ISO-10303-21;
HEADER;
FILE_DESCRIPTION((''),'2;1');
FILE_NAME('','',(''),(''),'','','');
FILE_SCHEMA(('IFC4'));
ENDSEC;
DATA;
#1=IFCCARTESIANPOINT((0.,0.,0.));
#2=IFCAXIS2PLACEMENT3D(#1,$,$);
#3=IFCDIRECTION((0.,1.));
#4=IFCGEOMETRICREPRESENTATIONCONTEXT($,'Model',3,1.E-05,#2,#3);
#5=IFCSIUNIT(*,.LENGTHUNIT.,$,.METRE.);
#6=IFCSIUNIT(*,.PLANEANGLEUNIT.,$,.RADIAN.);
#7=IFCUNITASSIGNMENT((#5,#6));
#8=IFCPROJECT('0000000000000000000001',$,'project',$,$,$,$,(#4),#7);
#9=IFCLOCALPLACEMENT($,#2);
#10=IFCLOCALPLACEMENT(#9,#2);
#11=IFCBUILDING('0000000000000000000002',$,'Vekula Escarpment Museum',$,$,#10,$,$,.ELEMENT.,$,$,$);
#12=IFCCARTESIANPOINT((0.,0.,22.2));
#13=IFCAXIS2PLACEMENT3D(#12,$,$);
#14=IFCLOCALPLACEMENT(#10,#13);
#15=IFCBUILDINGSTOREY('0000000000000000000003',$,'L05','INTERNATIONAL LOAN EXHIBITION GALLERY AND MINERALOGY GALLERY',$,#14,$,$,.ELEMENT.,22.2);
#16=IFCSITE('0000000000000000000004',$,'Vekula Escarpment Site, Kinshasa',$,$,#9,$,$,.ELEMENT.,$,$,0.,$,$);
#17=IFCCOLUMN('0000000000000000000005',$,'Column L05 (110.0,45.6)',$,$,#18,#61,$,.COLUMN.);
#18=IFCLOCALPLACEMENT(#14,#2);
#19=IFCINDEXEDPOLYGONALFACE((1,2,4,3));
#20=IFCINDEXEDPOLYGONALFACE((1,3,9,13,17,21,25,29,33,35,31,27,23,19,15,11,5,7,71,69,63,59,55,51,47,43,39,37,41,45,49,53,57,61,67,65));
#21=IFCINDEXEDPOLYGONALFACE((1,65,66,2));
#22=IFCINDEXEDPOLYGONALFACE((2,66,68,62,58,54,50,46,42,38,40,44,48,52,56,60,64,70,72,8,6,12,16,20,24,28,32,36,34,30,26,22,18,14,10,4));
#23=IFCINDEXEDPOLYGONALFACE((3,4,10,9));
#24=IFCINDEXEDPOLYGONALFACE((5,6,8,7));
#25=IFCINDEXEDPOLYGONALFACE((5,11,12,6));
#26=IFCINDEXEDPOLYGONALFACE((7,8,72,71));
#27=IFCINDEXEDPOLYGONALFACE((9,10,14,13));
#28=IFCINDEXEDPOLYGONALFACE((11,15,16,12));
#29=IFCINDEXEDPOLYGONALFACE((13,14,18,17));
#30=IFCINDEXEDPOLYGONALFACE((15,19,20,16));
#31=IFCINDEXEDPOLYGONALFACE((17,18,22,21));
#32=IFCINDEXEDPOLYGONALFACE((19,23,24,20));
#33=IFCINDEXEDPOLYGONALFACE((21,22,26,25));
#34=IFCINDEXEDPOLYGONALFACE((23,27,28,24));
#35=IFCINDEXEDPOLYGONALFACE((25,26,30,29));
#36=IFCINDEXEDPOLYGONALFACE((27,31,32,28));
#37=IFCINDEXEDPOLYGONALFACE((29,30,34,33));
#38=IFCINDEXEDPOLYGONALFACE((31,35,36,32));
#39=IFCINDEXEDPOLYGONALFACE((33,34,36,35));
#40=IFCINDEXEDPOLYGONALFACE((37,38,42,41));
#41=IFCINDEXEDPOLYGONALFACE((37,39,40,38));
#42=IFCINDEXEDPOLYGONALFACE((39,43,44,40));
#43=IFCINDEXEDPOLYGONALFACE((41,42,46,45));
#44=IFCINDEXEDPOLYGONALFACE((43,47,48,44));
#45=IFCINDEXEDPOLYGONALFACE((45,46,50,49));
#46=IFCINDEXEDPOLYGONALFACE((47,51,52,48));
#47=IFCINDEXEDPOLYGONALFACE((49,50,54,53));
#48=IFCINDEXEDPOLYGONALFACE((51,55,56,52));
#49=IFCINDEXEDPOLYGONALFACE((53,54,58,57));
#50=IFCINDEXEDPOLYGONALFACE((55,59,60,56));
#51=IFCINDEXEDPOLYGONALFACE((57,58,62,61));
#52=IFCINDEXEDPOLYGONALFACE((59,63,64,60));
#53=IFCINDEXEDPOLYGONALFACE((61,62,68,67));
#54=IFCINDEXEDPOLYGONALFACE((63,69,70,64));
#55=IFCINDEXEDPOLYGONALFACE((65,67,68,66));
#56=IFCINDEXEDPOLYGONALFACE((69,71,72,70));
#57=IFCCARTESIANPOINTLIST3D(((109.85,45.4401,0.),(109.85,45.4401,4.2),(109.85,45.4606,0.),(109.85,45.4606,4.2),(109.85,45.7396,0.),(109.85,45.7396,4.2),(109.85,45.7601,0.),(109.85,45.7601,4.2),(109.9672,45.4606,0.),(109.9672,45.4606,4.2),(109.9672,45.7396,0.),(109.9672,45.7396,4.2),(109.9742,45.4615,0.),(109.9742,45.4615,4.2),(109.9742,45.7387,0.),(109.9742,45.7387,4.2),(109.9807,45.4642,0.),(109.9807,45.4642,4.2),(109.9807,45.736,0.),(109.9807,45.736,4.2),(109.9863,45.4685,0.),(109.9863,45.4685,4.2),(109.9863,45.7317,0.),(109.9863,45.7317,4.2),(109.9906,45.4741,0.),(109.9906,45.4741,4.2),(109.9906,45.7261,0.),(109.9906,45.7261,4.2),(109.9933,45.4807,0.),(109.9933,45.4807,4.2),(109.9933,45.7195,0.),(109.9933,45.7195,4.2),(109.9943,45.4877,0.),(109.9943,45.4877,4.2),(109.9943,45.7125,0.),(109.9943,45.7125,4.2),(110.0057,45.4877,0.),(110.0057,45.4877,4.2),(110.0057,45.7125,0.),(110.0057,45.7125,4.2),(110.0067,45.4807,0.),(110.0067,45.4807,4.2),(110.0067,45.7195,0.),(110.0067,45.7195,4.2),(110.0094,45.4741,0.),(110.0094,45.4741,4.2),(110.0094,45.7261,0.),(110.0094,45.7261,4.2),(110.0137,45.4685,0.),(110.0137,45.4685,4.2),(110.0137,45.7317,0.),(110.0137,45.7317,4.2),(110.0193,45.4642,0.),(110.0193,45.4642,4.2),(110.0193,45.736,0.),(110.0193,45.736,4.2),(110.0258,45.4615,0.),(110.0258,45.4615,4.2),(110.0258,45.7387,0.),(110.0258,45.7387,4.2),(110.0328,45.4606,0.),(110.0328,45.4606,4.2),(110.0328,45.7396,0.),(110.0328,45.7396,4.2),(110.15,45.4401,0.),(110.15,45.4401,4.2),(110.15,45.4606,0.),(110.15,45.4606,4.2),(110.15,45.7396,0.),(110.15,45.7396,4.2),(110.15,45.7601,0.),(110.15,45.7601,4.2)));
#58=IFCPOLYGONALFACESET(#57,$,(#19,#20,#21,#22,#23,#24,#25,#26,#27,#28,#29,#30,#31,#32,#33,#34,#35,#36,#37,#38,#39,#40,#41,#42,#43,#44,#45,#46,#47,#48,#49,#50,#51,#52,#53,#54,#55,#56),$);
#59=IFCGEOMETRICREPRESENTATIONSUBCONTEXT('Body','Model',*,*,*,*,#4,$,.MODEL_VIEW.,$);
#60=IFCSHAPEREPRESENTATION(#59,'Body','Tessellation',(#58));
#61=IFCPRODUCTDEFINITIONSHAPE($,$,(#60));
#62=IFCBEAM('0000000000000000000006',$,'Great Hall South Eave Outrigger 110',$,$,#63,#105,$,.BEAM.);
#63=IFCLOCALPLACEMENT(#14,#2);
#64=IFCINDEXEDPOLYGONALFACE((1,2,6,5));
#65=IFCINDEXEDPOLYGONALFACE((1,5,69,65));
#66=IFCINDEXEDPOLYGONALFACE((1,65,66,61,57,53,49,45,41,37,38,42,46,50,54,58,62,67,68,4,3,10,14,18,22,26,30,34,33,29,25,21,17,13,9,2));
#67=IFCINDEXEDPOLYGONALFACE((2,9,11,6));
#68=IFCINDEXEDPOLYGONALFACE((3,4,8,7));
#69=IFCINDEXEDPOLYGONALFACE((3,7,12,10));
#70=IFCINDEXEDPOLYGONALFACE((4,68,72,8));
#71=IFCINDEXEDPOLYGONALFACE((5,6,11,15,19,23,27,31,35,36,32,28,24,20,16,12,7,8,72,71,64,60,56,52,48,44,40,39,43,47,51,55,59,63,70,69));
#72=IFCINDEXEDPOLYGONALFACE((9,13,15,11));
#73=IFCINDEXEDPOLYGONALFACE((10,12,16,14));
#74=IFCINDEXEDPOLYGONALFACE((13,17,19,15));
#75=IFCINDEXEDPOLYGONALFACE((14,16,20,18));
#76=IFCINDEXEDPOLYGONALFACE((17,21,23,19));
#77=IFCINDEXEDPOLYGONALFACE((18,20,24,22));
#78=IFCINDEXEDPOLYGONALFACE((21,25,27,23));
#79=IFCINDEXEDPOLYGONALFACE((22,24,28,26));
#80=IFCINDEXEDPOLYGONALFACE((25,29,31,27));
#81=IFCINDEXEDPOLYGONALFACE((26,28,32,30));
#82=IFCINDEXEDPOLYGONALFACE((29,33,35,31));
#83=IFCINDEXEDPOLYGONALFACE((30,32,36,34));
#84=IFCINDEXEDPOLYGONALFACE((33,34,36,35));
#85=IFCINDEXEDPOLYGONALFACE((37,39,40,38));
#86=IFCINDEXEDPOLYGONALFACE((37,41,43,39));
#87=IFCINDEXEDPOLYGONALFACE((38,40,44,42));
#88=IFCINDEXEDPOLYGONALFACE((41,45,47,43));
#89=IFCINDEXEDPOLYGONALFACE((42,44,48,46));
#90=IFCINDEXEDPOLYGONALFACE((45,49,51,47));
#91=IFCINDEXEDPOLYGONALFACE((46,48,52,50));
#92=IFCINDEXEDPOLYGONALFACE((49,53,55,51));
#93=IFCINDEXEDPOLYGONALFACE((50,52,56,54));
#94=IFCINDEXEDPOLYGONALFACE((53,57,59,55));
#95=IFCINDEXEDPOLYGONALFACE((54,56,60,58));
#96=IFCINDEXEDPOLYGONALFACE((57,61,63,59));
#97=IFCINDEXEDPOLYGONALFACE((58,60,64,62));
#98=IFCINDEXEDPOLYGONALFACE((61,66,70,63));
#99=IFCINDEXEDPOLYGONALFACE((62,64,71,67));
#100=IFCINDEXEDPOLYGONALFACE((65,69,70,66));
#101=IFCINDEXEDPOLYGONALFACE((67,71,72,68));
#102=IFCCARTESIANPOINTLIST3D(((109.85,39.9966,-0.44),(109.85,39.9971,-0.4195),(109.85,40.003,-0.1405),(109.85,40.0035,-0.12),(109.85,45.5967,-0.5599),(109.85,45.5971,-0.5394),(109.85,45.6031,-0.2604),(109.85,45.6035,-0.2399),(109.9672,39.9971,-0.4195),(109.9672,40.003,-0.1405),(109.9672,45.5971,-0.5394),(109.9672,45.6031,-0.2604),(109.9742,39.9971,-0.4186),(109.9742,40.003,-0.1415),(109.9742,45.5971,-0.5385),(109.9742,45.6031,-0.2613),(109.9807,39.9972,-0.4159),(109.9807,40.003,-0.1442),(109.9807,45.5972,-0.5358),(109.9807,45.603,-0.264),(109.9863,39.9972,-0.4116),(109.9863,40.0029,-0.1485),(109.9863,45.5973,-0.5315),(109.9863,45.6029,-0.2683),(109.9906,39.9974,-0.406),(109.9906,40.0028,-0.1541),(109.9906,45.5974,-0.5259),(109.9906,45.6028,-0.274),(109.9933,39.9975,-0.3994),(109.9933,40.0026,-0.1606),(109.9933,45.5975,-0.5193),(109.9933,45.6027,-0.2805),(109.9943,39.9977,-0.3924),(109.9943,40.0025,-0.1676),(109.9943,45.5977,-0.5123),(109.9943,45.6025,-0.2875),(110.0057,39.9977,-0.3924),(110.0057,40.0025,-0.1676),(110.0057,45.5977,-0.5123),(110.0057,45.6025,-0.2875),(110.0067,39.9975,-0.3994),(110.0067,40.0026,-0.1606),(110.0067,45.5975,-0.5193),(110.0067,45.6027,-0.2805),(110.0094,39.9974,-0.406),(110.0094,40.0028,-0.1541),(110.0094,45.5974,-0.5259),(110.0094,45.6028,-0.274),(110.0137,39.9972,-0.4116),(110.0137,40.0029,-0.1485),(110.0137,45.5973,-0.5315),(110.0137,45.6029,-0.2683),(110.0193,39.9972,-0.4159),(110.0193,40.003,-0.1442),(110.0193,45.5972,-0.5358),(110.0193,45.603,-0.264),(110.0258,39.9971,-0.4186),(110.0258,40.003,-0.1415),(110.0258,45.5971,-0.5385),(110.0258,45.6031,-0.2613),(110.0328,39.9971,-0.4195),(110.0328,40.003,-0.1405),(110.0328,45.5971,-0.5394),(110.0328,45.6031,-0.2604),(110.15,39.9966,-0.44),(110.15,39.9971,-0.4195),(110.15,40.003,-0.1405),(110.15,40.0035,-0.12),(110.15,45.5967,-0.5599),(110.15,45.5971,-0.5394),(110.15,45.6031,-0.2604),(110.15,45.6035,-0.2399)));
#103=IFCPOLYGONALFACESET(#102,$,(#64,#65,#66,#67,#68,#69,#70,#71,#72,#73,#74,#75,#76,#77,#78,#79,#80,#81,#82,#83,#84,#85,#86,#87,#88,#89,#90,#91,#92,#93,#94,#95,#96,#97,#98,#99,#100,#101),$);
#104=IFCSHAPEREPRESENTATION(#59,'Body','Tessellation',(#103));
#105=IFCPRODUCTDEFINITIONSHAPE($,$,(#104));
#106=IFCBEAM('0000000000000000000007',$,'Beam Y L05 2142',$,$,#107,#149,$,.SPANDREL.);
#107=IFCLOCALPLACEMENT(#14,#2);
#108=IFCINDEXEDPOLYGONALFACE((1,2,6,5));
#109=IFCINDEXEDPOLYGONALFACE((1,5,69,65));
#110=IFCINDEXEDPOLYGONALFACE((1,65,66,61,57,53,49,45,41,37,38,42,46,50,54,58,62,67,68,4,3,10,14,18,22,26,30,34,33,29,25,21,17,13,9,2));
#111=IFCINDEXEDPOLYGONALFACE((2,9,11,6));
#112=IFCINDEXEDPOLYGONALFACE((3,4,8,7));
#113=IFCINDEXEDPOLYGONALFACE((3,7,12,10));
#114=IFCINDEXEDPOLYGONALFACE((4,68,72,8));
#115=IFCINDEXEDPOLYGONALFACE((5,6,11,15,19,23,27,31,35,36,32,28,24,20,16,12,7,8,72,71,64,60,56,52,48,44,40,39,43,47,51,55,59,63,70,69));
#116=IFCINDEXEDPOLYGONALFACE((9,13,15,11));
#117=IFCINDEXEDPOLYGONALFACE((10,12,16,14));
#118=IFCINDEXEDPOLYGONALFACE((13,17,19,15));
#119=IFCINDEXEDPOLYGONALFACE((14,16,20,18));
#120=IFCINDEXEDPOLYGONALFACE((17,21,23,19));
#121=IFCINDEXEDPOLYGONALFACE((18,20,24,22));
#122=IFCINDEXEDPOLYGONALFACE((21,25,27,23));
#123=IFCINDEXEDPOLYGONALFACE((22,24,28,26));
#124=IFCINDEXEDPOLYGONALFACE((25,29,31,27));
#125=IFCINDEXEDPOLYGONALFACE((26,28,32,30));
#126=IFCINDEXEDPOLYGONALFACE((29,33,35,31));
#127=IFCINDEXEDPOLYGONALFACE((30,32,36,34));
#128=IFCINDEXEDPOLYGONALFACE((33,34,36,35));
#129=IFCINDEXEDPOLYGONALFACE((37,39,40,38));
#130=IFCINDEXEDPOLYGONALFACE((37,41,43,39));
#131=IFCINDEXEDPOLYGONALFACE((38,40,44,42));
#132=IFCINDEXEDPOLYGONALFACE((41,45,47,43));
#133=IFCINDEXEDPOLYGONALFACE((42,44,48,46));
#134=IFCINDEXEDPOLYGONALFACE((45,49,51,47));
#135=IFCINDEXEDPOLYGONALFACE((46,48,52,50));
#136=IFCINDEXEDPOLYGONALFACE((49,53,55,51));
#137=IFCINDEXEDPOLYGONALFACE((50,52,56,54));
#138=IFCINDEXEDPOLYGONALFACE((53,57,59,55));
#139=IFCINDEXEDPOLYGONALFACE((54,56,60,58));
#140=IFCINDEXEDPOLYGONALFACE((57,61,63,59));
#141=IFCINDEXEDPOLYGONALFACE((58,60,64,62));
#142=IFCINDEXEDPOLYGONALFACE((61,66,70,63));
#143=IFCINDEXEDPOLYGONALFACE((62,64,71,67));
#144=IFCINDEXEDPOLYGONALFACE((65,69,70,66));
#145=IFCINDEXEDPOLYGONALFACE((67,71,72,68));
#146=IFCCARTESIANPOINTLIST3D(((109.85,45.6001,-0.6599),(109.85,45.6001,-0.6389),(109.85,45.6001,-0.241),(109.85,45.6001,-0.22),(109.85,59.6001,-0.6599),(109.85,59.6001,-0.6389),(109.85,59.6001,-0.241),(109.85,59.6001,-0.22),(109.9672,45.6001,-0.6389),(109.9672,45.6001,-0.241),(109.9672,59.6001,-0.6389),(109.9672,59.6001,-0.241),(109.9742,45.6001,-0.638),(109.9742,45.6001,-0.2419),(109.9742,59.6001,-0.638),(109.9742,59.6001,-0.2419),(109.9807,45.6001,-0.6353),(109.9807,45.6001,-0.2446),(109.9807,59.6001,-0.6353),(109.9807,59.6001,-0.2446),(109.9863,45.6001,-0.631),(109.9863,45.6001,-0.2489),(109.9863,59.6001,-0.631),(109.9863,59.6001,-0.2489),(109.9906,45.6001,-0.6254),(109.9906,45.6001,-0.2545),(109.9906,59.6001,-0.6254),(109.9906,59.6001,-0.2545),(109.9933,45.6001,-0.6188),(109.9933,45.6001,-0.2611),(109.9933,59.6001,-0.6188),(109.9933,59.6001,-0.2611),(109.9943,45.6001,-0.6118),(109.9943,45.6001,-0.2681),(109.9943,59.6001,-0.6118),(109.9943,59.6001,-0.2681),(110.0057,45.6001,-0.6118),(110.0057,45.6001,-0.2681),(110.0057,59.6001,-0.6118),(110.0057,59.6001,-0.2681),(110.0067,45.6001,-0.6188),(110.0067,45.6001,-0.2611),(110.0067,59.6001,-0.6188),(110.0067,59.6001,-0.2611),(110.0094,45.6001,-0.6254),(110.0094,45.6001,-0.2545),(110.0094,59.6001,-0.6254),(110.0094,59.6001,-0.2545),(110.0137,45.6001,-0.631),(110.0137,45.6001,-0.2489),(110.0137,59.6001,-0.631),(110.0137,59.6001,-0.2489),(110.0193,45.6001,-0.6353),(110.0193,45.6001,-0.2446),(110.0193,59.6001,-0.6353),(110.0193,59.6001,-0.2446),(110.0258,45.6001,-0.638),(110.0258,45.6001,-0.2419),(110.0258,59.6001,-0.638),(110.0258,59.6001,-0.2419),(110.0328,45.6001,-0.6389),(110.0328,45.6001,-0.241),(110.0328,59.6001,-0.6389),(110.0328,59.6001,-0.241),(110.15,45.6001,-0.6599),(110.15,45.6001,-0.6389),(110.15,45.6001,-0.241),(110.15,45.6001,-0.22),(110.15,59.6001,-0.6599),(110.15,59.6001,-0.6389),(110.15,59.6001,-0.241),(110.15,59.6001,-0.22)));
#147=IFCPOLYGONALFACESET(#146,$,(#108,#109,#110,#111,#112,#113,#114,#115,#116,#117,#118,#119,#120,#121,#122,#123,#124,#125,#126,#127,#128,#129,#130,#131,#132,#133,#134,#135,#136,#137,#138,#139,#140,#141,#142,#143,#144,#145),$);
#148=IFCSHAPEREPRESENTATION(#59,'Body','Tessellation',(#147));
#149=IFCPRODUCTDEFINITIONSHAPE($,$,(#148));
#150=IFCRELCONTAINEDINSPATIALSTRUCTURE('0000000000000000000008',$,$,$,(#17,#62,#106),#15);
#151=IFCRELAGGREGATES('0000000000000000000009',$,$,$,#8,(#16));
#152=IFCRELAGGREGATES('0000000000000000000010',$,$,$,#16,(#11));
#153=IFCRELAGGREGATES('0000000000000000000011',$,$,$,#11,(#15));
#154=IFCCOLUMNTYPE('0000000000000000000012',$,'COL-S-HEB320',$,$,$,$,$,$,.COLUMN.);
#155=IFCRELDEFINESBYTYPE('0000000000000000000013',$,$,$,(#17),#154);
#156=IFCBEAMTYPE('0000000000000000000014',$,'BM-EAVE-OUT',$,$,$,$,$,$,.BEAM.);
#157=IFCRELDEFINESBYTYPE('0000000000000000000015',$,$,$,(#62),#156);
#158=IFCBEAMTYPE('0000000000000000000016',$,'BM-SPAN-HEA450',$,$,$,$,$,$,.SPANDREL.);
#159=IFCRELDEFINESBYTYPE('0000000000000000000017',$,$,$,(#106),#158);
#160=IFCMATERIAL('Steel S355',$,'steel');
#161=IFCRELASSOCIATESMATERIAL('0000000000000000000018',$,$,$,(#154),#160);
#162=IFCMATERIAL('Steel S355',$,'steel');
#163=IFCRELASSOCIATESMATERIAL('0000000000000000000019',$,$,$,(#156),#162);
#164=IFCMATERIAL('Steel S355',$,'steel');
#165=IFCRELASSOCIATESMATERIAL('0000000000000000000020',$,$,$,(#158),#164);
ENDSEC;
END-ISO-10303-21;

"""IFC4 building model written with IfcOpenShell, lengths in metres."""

from ifc_helpers import new_model, si_unit, direction, frame, origin, origin_2d, place, context, subcontext, project, spatial, i_section, extrude, material, material_profile, profile_set, type_object, element, save


model = new_model("IFC4")

# Units and contexts
model_context = context("Model", 3, precision=1e-05, world=origin(), true_north=direction((0.0, 1.0)))
body_context = subcontext(model_context, "Body", "Model", "MODEL_VIEW")
ifc_project = project(units=[si_unit("LENGTHUNIT", "METRE"), si_unit("PLANEANGLEUNIT", "RADIAN")], contexts=[model_context])

# Site, building, storey
site_placement = place(None, origin())
site = spatial("IfcSite", under=ifc_project, at=site_placement, Name="Vekula Escarpment Site, Kinshasa", CompositionType="ELEMENT", RefElevation=0.0)
building_placement = place(site_placement, origin())
building = spatial("IfcBuilding", under=site, at=building_placement, Name="Vekula Escarpment Museum", CompositionType="ELEMENT")
storey_placement = place(building_placement, frame((0.0, 0.0, 22.2)))
storey = spatial("IfcBuildingStorey", under=building, at=storey_placement, Name="L05", Description="INTERNATIONAL LOAN EXHIBITION GALLERY AND MINERALOGY GALLERY", CompositionType="ELEMENT", Elevation=22.2)

# Column
ifc_material_1 = material(Name="Steel S355", Category="steel")
ifc_material_profile_1 = material_profile(ifc_material_1, i_section(OverallWidth=0.3, OverallDepth=0.3201, WebThickness=0.0115, FlangeThickness=0.0205, FilletRadius=0.0271, at=origin_2d()), Name="HEB 320")
ifc_profile_set_1 = profile_set([ifc_material_profile_1], Name="Steel S355")
column_type = type_object("IfcColumnType", Name="COL-S-HEB320", PredefinedType="COLUMN", material=ifc_profile_set_1)
column_placement = place(storey_placement, frame((110.0, 45.6001, 0.0), z_axis=(0.0, 0.0, 1.0), x_axis=(1.0, 0.0, 0.0)))
element("IfcColumn", 1, at=column_placement, inside=storey, type_object=column_type, Name="Column L05 (110.0,45.6)", PredefinedType="COLUMN", context=body_context, shape_type="SweptSolid", body=[
    extrude(i_section(OverallWidth=0.3, OverallDepth=0.3201, WebThickness=0.0115, FlangeThickness=0.0205, FilletRadius=0.0271, at=origin_2d()), origin(), (0.0, 0.0, 1.0), 4.2),
])

# Beams
ifc_material_2 = material(Name="Steel S355", Category="steel")
ifc_material_profile_2 = material_profile(ifc_material_2, i_section(OverallWidth=0.3, OverallDepth=0.3201, WebThickness=0.0115, FlangeThickness=0.0205, FilletRadius=0.0271, at=origin_2d()), Name="HEB 320")
ifc_profile_set_2 = profile_set([ifc_material_profile_2], Name="Steel S355")
beam_type_1 = type_object("IfcBeamType", Name="BM-EAVE-OUT", PredefinedType="BEAM", material=ifc_profile_set_2)
beam_1_placement = place(storey_placement, frame((110.0, 45.6001, -0.3999), z_axis=(0.0, -0.999771, 0.021401), x_axis=(1.0, 0.0, 0.0)))
element("IfcBeam", 2, at=beam_1_placement, inside=storey, type_object=beam_type_1, Name="Great Hall South Eave Outrigger 110", PredefinedType="BEAM", context=body_context, shape_type="SweptSolid", body=[
    extrude(i_section(OverallWidth=0.3, OverallDepth=0.3201, WebThickness=0.0115, FlangeThickness=0.0205, FilletRadius=0.0271, at=origin_2d()), origin(), (0.0, 0.0, 1.0), 5.6013),
])
ifc_material_3 = material(Name="Steel S355", Category="steel")
ifc_material_profile_3 = material_profile(ifc_material_3, i_section(OverallWidth=0.3, OverallDepth=0.4399, WebThickness=0.0115, FlangeThickness=0.021, FilletRadius=0.0271, at=origin_2d()), Name="HEA 450")
ifc_profile_set_3 = profile_set([ifc_material_profile_3], Name="Steel S355")
beam_type_2 = type_object("IfcBeamType", Name="BM-SPAN-HEA450", PredefinedType="SPANDREL", material=ifc_profile_set_3)
beam_2_placement = place(storey_placement, frame((110.0, 45.6001, -0.4399), z_axis=(0.0, 1.0, 0.0), x_axis=(-1.0, 0.0, 0.0)))
element("IfcBeam", 3, at=beam_2_placement, inside=storey, type_object=beam_type_2, Name="Beam Y L05 2142", PredefinedType="SPANDREL", context=body_context, shape_type="SweptSolid", body=[
    extrude(i_section(OverallWidth=0.3, OverallDepth=0.4399, WebThickness=0.0115, FlangeThickness=0.021, FilletRadius=0.0271, at=origin_2d()), origin(), (0.0, 0.0, 1.0), 14.0),
])

save(model, "model.ifc")
